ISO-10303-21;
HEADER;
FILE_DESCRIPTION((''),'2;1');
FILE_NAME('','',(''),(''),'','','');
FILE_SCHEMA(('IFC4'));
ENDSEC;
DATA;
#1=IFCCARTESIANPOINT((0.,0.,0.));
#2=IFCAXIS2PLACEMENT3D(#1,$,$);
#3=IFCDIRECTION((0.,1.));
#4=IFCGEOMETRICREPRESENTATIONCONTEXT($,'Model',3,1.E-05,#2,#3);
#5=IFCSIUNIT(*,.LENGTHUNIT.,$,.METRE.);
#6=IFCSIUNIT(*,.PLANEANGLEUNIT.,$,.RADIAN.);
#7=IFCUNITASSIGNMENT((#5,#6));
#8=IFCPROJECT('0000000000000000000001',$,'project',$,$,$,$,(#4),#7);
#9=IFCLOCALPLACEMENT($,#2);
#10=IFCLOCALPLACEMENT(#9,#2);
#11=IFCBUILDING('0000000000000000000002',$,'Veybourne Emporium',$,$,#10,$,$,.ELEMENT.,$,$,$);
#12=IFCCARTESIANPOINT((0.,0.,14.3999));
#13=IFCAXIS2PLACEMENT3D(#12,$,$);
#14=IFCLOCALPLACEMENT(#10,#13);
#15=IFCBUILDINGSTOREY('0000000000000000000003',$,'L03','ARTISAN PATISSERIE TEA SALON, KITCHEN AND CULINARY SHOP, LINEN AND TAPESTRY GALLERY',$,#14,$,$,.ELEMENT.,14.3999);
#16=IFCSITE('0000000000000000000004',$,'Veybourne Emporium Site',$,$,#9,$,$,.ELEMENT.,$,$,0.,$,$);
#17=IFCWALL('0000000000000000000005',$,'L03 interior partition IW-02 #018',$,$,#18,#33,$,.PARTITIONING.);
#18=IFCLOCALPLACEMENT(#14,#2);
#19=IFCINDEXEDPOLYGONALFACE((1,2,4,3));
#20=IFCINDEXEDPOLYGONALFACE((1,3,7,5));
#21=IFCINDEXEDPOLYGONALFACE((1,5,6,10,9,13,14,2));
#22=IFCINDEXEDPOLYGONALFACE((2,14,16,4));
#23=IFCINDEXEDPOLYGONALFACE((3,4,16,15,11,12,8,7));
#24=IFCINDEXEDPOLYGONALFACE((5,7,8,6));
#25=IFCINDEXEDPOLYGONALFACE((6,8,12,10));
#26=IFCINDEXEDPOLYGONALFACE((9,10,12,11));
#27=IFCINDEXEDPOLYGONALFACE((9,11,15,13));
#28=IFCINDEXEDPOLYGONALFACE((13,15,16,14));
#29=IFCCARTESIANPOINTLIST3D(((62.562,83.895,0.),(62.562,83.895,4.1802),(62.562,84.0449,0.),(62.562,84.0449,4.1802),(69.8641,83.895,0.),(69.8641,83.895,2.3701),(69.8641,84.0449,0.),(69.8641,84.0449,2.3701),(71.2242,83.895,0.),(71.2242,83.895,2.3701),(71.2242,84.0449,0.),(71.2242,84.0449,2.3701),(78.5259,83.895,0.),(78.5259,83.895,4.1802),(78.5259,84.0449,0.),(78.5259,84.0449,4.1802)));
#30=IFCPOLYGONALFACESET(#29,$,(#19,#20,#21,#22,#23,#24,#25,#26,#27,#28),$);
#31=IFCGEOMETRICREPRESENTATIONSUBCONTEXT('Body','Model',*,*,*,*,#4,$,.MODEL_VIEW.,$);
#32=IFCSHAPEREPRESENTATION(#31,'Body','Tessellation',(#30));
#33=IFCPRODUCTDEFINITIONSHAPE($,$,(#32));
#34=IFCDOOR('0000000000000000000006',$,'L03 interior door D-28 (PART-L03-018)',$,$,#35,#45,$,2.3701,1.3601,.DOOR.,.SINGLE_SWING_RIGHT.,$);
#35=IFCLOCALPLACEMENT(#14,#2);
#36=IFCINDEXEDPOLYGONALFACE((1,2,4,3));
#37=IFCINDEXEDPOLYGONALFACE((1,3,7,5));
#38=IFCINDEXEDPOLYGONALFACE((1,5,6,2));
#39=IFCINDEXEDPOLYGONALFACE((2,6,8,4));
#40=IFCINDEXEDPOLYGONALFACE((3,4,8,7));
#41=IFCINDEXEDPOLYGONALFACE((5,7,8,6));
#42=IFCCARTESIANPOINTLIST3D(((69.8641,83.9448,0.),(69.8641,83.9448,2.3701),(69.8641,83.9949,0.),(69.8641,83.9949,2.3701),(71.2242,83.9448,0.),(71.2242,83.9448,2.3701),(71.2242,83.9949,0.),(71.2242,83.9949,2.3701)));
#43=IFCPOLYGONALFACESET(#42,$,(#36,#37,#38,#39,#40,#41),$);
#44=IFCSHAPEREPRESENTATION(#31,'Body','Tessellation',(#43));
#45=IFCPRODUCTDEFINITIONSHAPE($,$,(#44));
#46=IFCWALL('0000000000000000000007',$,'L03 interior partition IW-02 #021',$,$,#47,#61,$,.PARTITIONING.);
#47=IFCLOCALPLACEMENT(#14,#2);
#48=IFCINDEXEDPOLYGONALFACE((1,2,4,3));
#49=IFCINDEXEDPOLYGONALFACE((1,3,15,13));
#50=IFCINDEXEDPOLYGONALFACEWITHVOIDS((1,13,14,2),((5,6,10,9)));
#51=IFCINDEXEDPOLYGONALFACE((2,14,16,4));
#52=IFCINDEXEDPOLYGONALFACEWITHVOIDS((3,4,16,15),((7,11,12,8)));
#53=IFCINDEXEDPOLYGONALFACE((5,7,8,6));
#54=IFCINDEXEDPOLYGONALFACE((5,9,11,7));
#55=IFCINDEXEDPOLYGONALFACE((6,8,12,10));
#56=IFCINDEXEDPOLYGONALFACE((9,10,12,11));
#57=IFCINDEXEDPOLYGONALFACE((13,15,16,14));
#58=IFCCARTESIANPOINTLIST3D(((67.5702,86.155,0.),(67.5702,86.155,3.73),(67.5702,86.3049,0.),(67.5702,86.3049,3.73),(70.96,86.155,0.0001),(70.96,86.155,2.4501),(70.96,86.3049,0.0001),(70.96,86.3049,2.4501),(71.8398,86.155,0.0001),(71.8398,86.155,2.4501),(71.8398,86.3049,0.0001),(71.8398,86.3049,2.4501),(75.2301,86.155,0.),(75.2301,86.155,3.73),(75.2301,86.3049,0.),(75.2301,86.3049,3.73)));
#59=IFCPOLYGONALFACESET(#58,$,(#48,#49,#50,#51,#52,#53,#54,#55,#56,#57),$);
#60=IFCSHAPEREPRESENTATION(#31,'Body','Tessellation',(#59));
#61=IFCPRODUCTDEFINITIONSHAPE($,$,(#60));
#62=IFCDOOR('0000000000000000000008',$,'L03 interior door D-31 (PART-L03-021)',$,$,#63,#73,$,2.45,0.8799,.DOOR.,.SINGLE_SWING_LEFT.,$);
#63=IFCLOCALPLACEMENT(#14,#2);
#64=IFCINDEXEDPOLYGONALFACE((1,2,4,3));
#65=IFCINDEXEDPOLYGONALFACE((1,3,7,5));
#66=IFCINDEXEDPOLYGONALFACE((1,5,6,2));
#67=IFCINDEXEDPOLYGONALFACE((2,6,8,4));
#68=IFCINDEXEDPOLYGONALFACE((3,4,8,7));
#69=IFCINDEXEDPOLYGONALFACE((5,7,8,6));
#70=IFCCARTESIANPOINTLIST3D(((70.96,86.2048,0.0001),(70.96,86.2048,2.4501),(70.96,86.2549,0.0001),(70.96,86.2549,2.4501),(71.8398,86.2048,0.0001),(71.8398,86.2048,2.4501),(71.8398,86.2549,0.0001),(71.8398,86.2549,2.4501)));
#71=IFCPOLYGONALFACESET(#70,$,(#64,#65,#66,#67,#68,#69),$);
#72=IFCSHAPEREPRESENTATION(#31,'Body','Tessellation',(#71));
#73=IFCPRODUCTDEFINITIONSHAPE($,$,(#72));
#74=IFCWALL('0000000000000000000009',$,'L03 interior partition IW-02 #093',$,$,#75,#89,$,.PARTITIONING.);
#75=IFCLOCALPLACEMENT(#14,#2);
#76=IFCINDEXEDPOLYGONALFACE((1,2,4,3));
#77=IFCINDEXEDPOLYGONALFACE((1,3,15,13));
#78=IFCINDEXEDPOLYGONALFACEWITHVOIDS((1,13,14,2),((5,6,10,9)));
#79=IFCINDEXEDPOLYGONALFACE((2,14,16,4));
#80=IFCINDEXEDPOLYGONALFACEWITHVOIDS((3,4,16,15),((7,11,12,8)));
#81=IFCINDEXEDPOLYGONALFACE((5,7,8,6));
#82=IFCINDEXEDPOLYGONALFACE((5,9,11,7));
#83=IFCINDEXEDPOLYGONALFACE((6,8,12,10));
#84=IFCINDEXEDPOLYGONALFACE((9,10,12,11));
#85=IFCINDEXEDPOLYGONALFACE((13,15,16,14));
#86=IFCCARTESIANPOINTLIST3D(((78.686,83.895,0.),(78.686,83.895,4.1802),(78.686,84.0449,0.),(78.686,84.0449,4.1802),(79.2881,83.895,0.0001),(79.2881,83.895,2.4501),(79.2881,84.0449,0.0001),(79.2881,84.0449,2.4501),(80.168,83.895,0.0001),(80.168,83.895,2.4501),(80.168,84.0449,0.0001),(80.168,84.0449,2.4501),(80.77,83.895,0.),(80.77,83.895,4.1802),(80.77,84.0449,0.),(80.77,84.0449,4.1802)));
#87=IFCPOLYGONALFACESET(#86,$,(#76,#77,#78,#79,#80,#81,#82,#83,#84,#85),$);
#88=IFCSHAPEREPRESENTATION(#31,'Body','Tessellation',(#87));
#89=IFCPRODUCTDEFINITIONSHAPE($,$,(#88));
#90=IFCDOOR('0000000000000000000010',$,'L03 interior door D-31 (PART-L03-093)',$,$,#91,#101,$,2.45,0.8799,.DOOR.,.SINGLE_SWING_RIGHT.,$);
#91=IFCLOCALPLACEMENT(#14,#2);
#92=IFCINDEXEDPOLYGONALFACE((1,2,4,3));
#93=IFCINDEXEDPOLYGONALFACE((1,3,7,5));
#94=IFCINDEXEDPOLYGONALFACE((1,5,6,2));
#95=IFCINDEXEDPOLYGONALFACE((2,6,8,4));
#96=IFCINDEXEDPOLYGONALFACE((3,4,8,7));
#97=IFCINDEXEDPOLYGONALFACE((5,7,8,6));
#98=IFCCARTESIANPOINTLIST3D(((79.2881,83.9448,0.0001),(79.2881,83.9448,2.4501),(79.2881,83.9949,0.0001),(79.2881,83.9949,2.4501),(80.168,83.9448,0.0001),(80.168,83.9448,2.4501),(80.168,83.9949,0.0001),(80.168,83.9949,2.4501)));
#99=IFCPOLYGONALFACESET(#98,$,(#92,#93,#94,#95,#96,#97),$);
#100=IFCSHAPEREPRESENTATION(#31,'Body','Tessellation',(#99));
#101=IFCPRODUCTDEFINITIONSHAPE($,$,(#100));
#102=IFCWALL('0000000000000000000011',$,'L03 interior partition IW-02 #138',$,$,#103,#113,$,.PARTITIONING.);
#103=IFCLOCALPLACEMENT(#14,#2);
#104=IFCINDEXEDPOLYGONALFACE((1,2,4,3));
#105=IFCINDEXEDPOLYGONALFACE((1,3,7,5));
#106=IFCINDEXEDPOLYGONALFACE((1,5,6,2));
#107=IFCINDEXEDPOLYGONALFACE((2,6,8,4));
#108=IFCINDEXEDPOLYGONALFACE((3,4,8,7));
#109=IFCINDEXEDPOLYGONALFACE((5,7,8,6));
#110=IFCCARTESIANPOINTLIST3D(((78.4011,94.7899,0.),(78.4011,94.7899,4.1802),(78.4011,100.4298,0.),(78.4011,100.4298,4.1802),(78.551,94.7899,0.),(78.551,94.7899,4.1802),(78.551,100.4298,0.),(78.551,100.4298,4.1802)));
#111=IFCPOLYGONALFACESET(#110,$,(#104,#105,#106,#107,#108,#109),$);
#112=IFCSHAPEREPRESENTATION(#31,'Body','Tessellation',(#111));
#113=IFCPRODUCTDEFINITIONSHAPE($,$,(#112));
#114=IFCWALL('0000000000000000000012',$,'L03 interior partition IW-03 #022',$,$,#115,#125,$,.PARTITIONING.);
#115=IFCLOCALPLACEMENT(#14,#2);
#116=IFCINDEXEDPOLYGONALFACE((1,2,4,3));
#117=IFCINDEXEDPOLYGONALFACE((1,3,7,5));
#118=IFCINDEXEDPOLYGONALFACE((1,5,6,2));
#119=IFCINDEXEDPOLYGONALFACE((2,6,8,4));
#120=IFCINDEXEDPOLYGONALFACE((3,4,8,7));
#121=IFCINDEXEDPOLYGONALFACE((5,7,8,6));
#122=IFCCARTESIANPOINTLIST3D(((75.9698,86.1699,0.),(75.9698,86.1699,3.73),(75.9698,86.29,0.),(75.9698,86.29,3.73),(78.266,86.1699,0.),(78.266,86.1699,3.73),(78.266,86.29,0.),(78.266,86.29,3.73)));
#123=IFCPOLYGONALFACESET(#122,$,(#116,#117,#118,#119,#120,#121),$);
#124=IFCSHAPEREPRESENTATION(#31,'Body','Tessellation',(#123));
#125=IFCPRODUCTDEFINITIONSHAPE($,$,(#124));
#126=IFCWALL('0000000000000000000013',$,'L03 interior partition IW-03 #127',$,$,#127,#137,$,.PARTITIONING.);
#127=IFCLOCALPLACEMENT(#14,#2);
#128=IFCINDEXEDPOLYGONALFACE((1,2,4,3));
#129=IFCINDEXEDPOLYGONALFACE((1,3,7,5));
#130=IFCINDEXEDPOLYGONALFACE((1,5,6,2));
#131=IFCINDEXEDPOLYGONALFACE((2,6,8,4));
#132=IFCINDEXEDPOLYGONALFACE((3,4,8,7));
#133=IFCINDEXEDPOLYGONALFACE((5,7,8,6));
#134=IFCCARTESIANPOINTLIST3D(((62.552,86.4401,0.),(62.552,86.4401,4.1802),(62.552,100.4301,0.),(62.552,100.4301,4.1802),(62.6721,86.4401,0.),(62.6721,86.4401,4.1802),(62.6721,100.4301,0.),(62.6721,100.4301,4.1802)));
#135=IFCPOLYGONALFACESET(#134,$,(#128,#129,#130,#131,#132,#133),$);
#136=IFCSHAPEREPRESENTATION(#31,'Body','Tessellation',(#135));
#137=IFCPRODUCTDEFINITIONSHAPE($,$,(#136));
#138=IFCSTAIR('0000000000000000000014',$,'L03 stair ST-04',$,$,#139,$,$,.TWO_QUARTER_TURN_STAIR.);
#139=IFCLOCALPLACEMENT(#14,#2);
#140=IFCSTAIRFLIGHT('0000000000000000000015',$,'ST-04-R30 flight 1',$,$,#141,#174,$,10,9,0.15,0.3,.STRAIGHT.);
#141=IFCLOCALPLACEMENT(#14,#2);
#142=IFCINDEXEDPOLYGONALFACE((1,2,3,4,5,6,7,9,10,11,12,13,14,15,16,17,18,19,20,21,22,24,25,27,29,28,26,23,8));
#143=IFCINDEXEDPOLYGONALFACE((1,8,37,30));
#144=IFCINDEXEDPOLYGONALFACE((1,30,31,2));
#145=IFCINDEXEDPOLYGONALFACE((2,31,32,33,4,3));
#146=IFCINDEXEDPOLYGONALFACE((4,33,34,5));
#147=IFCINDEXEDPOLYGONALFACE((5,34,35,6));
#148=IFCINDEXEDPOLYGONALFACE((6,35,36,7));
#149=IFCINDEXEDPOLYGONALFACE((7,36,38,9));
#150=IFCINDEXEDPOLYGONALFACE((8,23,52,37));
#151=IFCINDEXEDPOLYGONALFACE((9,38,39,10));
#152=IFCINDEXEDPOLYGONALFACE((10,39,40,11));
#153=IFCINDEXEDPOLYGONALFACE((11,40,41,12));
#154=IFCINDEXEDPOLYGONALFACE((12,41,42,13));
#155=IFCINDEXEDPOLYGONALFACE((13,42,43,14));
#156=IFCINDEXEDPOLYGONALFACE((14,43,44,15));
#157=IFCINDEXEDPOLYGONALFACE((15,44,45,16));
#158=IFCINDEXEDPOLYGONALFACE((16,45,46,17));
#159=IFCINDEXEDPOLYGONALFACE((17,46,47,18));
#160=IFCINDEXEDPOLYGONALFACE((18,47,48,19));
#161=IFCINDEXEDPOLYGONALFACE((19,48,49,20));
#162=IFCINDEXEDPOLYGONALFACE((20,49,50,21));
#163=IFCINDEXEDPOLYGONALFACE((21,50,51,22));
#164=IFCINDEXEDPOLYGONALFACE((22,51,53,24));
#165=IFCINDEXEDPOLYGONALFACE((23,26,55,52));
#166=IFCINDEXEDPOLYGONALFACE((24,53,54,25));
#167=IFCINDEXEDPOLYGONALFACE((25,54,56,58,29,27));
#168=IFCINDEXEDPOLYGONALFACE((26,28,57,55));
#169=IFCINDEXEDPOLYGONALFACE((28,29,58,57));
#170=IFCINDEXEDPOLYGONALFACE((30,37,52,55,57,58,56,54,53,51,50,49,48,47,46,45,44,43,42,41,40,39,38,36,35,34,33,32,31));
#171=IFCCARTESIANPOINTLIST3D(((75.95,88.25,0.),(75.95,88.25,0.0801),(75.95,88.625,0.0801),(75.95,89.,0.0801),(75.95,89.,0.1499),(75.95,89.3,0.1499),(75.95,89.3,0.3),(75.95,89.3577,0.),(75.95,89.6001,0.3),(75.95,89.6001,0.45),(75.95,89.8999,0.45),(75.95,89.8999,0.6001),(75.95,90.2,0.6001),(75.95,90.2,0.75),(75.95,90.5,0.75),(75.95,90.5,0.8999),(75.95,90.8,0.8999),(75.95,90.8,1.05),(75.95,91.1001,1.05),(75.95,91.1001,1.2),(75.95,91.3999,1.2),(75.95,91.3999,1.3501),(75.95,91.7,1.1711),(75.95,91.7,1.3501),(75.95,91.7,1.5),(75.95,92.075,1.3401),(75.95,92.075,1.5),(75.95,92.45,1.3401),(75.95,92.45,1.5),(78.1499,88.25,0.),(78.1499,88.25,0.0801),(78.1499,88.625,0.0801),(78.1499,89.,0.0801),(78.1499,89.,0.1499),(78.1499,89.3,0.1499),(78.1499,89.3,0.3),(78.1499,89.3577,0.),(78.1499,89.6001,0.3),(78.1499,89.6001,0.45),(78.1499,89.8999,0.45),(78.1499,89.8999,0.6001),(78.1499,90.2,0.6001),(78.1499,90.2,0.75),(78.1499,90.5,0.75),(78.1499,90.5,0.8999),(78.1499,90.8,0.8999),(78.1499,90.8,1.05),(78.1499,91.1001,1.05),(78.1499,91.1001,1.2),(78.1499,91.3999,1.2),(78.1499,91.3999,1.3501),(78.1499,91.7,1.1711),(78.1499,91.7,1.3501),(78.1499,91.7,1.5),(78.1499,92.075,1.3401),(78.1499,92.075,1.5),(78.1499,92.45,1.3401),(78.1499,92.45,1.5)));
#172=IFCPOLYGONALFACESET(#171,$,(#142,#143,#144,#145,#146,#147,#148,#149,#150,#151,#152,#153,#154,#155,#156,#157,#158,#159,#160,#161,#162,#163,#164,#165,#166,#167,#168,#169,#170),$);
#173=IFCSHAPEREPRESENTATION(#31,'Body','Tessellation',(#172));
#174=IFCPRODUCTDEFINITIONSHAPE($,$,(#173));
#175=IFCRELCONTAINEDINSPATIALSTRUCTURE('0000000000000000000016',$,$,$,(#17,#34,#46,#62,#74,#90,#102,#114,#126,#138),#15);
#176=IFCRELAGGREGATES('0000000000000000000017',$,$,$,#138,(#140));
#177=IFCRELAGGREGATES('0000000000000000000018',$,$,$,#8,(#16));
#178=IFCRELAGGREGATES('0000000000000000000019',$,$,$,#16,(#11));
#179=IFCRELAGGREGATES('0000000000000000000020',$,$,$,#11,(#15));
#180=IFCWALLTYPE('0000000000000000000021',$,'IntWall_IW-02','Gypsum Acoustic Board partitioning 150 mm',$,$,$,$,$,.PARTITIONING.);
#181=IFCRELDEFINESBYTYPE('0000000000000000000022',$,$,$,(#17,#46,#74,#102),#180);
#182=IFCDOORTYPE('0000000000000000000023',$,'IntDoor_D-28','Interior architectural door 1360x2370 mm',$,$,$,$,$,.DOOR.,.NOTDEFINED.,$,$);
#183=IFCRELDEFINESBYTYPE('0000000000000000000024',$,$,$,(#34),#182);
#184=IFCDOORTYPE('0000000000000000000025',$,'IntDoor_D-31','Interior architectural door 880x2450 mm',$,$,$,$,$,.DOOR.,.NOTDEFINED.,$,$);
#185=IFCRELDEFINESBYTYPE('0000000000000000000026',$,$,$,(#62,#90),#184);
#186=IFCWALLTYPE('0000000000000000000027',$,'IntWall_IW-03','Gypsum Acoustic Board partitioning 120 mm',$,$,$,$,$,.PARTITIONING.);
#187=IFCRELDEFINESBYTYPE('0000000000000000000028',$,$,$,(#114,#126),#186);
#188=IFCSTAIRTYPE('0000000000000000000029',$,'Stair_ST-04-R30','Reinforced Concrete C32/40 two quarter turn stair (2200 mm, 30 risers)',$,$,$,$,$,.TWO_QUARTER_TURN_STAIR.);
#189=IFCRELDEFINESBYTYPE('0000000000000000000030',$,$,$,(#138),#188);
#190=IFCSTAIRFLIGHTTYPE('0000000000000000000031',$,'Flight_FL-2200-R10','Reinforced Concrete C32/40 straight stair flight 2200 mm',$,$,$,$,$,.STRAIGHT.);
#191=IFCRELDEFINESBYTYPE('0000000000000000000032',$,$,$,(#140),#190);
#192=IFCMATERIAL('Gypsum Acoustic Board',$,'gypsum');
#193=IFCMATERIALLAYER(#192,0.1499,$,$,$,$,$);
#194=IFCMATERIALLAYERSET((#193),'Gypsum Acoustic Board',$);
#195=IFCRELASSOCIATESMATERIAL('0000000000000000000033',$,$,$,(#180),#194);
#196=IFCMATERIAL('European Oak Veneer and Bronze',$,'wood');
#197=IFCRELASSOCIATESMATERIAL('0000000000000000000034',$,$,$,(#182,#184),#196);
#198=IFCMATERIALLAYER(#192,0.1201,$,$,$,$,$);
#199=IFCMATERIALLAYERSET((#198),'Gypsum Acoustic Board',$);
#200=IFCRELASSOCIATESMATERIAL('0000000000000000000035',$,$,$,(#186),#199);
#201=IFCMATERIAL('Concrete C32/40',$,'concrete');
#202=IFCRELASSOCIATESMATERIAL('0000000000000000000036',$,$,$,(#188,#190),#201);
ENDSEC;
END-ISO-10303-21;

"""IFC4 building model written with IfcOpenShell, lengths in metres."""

from ifc_helpers import new_model, si_unit, direction, frame, frame_2d, origin, place, context, subcontext, project, spatial, polyline, rectangle, outline, extrude, material, layer, layer_set, type_object, element, fill, aggregate, save


model = new_model("IFC4")

# Units and contexts
model_context = context("Model", 3, precision=1e-05, world=origin(), true_north=direction((0.0, 1.0)))
body_context = subcontext(model_context, "Body", "Model", "MODEL_VIEW")
ifc_project = project(units=[si_unit("LENGTHUNIT", "METRE"), si_unit("PLANEANGLEUNIT", "RADIAN")], contexts=[model_context])

# Site, building, storey
site_placement = place(None, origin())
site = spatial("IfcSite", under=ifc_project, at=site_placement, Name="Veybourne Emporium Site", CompositionType="ELEMENT", RefElevation=0.0)
building_placement = place(site_placement, origin())
building = spatial("IfcBuilding", under=site, at=building_placement, Name="Veybourne Emporium", CompositionType="ELEMENT")
storey_placement = place(building_placement, frame((0.0, 0.0, 14.3999)))
storey = spatial("IfcBuildingStorey", under=building, at=storey_placement, Name="L03", Description="ARTISAN PATISSERIE TEA SALON, KITCHEN AND CULINARY SHOP, LINEN AND TAPESTRY GALLERY", CompositionType="ELEMENT", Elevation=14.3999)

# Shared definitions
ifc_material_1 = material(Name="Concrete C32/40", Category="concrete")

# Walls, openings, doors
ifc_material_2 = material(Name="Gypsum Acoustic Board", Category="gypsum")
ifc_material_3 = material(Name="European Oak Veneer and Bronze", Category="wood")
ifc_layer_1 = layer(ifc_material_2, 0.1499)
ifc_layer_set_1 = layer_set([ifc_layer_1], Name="Gypsum Acoustic Board")
wall_type_1 = type_object("IfcWallType", Name="IntWall_IW-02", Description="Gypsum Acoustic Board partitioning 150 mm", PredefinedType="PARTITIONING", material=ifc_layer_set_1)
wall_1_placement = place(storey_placement, frame((62.562, 83.97, 0.0), z_axis=(0.0, 0.0, 1.0), x_axis=(1.0, 0.0, 0.0)))
wall_1 = element("IfcWall", 1, at=wall_1_placement, inside=storey, type_object=wall_type_1, Name="L03 interior partition IW-02 #018", PredefinedType="PARTITIONING", context=body_context, shape_type="SweptSolid", body=[
    extrude(rectangle(XDim=15.9639, YDim=0.1499, at=frame_2d((7.9819, 0.0))), origin(), (0.0, 0.0, 1.0), 4.1802),
])
opening_1_placement = place(wall_1_placement, frame((7.302, 0.0, 0.0)))
opening_1 = element("IfcOpeningElement", 2, at=opening_1_placement, cuts=wall_1, PredefinedType="OPENING", context=body_context, shape_type="SweptSolid", body=[
    extrude(rectangle(XDim=1.3601, YDim=2.3701, at=frame_2d((0.6802, 1.1851))), frame((0.0, 0.095, 0.0), z_axis=(0.0, -1.0, 0.0), x_axis=(1.0, 0.0, 0.0)), (0.0, 0.0, 1.0), 0.1899),
])
door_type_1 = type_object("IfcDoorType", Name="IntDoor_D-28", Description="Interior architectural door 1360x2370 mm", OperationType="NOTDEFINED", PredefinedType="DOOR", material=ifc_material_3)
door_1_placement = place(opening_1_placement, origin())
door_1 = element("IfcDoor", 3, at=door_1_placement, inside=storey, type_object=door_type_1, Name="L03 interior door D-28 (PART-L03-018)", OperationType="SINGLE_SWING_RIGHT", OverallHeight=2.3701, OverallWidth=1.3601, PredefinedType="DOOR", context=body_context, shape_type="SweptSolid", body=[
    extrude(rectangle(XDim=1.3601, YDim=2.3701, at=frame_2d((0.6802, 1.1851))), frame((0.0, 0.0249, 0.0), z_axis=(0.0, -1.0, 0.0), x_axis=(1.0, 0.0, 0.0)), (0.0, 0.0, 1.0), 0.05),
])
fill(opening_1, door_1)
wall_2_placement = place(storey_placement, frame((67.5701, 86.23, 0.0), z_axis=(0.0, 0.0, 1.0), x_axis=(1.0, 0.0, 0.0)))
wall_2 = element("IfcWall", 4, at=wall_2_placement, inside=storey, type_object=wall_type_1, Name="L03 interior partition IW-02 #021", PredefinedType="PARTITIONING", context=body_context, shape_type="SweptSolid", body=[
    extrude(rectangle(XDim=7.6599, YDim=0.1499, at=frame_2d((3.8301, 0.0))), origin(), (0.0, 0.0, 1.0), 3.73),
])
opening_2_placement = place(wall_2_placement, frame((3.3899, 0.0, 0.0)))
opening_2 = element("IfcOpeningElement", 5, at=opening_2_placement, cuts=wall_2, PredefinedType="OPENING", context=body_context, shape_type="SweptSolid", body=[
    extrude(rectangle(XDim=0.8799, YDim=2.45, at=frame_2d((0.4399, 1.2251))), frame((0.0, 0.095, 0.0), z_axis=(0.0, -1.0, 0.0), x_axis=(1.0, 0.0, 0.0)), (0.0, 0.0, 1.0), 0.1899),
])
door_type_2 = type_object("IfcDoorType", Name="IntDoor_D-31", Description="Interior architectural door 880x2450 mm", OperationType="NOTDEFINED", PredefinedType="DOOR", material=ifc_material_3)
door_2_placement = place(opening_2_placement, origin())
door_2 = element("IfcDoor", 6, at=door_2_placement, inside=storey, type_object=door_type_2, Name="L03 interior door D-31 (PART-L03-021)", OperationType="SINGLE_SWING_LEFT", OverallHeight=2.45, OverallWidth=0.8799, PredefinedType="DOOR", context=body_context, shape_type="SweptSolid", body=[
    extrude(rectangle(XDim=0.8799, YDim=2.45, at=frame_2d((0.4399, 1.2251))), frame((0.0, 0.0249, 0.0), z_axis=(0.0, -1.0, 0.0), x_axis=(1.0, 0.0, 0.0)), (0.0, 0.0, 1.0), 0.05),
])
fill(opening_2, door_2)
wall_3_placement = place(storey_placement, frame((78.686, 83.97, 0.0), z_axis=(0.0, 0.0, 1.0), x_axis=(1.0, 0.0, 0.0)))
wall_3 = element("IfcWall", 7, at=wall_3_placement, inside=storey, type_object=wall_type_1, Name="L03 interior partition IW-02 #093", PredefinedType="PARTITIONING", context=body_context, shape_type="SweptSolid", body=[
    extrude(rectangle(XDim=2.084, YDim=0.1499, at=frame_2d((1.042, 0.0))), origin(), (0.0, 0.0, 1.0), 4.1802),
])
opening_3_placement = place(wall_3_placement, frame((0.6021, 0.0, 0.0)))
opening_3 = element("IfcOpeningElement", 8, at=opening_3_placement, cuts=wall_3, PredefinedType="OPENING", context=body_context, shape_type="SweptSolid", body=[
    extrude(rectangle(XDim=0.8799, YDim=2.45, at=frame_2d((0.4399, 1.2251))), frame((0.0, 0.095, 0.0), z_axis=(0.0, -1.0, 0.0), x_axis=(1.0, 0.0, 0.0)), (0.0, 0.0, 1.0), 0.1899),
])
door_3_placement = place(opening_3_placement, origin())
door_3 = element("IfcDoor", 9, at=door_3_placement, inside=storey, type_object=door_type_2, Name="L03 interior door D-31 (PART-L03-093)", OperationType="SINGLE_SWING_RIGHT", OverallHeight=2.45, OverallWidth=0.8799, PredefinedType="DOOR", context=body_context, shape_type="SweptSolid", body=[
    extrude(rectangle(XDim=0.8799, YDim=2.45, at=frame_2d((0.4399, 1.2251))), frame((0.0, 0.0249, 0.0), z_axis=(0.0, -1.0, 0.0), x_axis=(1.0, 0.0, 0.0)), (0.0, 0.0, 1.0), 0.05),
])
fill(opening_3, door_3)

# Walls
wall_4_placement = place(storey_placement, frame((78.4761, 94.79, 0.0), z_axis=(0.0, 0.0, 1.0), x_axis=(0.0, 1.0, 0.0)))
element("IfcWall", 10, at=wall_4_placement, inside=storey, type_object=wall_type_1, Name="L03 interior partition IW-02 #138", PredefinedType="PARTITIONING", context=body_context, shape_type="SweptSolid", body=[
    extrude(rectangle(XDim=5.6399, YDim=0.1499, at=frame_2d((2.8198, 0.0))), origin(), (0.0, 0.0, 1.0), 4.1802),
])
ifc_layer_2 = layer(ifc_material_2, 0.1201)
ifc_layer_set_2 = layer_set([ifc_layer_2], Name="Gypsum Acoustic Board")
wall_type_2 = type_object("IfcWallType", Name="IntWall_IW-03", Description="Gypsum Acoustic Board partitioning 120 mm", PredefinedType="PARTITIONING", material=ifc_layer_set_2)
wall_5_placement = place(storey_placement, frame((75.97, 86.23, 0.0), z_axis=(0.0, 0.0, 1.0), x_axis=(1.0, 0.0, 0.0)))
element("IfcWall", 11, at=wall_5_placement, inside=storey, type_object=wall_type_2, Name="L03 interior partition IW-03 #022", PredefinedType="PARTITIONING", context=body_context, shape_type="SweptSolid", body=[
    extrude(rectangle(XDim=2.2961, YDim=0.1201, at=frame_2d((1.1479, 0.0))), origin(), (0.0, 0.0, 1.0), 3.73),
])
wall_6_placement = place(storey_placement, frame((62.6121, 86.4399, 0.0), z_axis=(0.0, 0.0, 1.0), x_axis=(0.0, 1.0, 0.0)))
element("IfcWall", 12, at=wall_6_placement, inside=storey, type_object=wall_type_2, Name="L03 interior partition IW-03 #127", PredefinedType="PARTITIONING", context=body_context, shape_type="SweptSolid", body=[
    extrude(rectangle(XDim=13.99, YDim=0.1201, at=frame_2d((6.9951, 0.0))), origin(), (0.0, 0.0, 1.0), 4.1802),
])

# Stair, stair flight
stair_type = type_object("IfcStairType", Name="Stair_ST-04-R30", Description="Reinforced Concrete C32/40 two quarter turn stair (2200 mm, 30 risers)", PredefinedType="TWO_QUARTER_TURN_STAIR", material=ifc_material_1)
stair_placement = place(storey_placement, origin())
stair = element("IfcStair", 13, at=stair_placement, inside=storey, type_object=stair_type, Name="L03 stair ST-04", PredefinedType="TWO_QUARTER_TURN_STAIR")
stair_flight_type = type_object("IfcStairFlightType", Name="Flight_FL-2200-R10", Description="Reinforced Concrete C32/40 straight stair flight 2200 mm", PredefinedType="STRAIGHT", material=ifc_material_1)
stair_flight_1_placement = place(storey_placement, frame((77.05, 89.0, 0.0), z_axis=(0.0, 0.0, 1.0), x_axis=(0.0, 1.0, 0.0)))
stair_flight_1 = element("IfcStairFlight", 14, at=stair_flight_1_placement, type_object=stair_flight_type, Name="ST-04-R30 flight 1", NumberOfRisers=10, NumberOfTreads=9, PredefinedType="STRAIGHT", RiserHeight=0.15, TreadLength=0.3, context=body_context, shape_type="SweptSolid", body=[
    extrude(outline(polyline([(-0.75, 0.0), (-0.75, 0.0801), (-0.375, 0.0801), (0.0, 0.0801), (0.0, 0.1499), (0.3, 0.1499), (0.3, 0.3), (0.6001, 0.3), (0.6001, 0.45), (0.8999, 0.45), (0.8999, 0.6001), (1.2, 0.6001), (1.2, 0.75), (1.5, 0.75), (1.5, 0.8999), (1.8, 0.8999), (1.8, 1.05), (2.1001, 1.05), (2.1001, 1.2), (2.3999, 1.2), (2.3999, 1.3501), (2.7, 1.3501), (2.7, 1.5), (3.075, 1.5), (3.45, 1.5), (3.45, 1.3401), (3.075, 1.3401), (2.7, 1.1711), (0.3577, 0.0), (-0.75, 0.0)])), frame((0.0, 1.1001, 0.0), z_axis=(0.0, -1.0, 0.0), x_axis=(1.0, 0.0, 0.0)), (0.0, 0.0, 1.0), 2.2),
])
aggregate(stair, [stair_flight_1])

save(model, "model.ifc")
